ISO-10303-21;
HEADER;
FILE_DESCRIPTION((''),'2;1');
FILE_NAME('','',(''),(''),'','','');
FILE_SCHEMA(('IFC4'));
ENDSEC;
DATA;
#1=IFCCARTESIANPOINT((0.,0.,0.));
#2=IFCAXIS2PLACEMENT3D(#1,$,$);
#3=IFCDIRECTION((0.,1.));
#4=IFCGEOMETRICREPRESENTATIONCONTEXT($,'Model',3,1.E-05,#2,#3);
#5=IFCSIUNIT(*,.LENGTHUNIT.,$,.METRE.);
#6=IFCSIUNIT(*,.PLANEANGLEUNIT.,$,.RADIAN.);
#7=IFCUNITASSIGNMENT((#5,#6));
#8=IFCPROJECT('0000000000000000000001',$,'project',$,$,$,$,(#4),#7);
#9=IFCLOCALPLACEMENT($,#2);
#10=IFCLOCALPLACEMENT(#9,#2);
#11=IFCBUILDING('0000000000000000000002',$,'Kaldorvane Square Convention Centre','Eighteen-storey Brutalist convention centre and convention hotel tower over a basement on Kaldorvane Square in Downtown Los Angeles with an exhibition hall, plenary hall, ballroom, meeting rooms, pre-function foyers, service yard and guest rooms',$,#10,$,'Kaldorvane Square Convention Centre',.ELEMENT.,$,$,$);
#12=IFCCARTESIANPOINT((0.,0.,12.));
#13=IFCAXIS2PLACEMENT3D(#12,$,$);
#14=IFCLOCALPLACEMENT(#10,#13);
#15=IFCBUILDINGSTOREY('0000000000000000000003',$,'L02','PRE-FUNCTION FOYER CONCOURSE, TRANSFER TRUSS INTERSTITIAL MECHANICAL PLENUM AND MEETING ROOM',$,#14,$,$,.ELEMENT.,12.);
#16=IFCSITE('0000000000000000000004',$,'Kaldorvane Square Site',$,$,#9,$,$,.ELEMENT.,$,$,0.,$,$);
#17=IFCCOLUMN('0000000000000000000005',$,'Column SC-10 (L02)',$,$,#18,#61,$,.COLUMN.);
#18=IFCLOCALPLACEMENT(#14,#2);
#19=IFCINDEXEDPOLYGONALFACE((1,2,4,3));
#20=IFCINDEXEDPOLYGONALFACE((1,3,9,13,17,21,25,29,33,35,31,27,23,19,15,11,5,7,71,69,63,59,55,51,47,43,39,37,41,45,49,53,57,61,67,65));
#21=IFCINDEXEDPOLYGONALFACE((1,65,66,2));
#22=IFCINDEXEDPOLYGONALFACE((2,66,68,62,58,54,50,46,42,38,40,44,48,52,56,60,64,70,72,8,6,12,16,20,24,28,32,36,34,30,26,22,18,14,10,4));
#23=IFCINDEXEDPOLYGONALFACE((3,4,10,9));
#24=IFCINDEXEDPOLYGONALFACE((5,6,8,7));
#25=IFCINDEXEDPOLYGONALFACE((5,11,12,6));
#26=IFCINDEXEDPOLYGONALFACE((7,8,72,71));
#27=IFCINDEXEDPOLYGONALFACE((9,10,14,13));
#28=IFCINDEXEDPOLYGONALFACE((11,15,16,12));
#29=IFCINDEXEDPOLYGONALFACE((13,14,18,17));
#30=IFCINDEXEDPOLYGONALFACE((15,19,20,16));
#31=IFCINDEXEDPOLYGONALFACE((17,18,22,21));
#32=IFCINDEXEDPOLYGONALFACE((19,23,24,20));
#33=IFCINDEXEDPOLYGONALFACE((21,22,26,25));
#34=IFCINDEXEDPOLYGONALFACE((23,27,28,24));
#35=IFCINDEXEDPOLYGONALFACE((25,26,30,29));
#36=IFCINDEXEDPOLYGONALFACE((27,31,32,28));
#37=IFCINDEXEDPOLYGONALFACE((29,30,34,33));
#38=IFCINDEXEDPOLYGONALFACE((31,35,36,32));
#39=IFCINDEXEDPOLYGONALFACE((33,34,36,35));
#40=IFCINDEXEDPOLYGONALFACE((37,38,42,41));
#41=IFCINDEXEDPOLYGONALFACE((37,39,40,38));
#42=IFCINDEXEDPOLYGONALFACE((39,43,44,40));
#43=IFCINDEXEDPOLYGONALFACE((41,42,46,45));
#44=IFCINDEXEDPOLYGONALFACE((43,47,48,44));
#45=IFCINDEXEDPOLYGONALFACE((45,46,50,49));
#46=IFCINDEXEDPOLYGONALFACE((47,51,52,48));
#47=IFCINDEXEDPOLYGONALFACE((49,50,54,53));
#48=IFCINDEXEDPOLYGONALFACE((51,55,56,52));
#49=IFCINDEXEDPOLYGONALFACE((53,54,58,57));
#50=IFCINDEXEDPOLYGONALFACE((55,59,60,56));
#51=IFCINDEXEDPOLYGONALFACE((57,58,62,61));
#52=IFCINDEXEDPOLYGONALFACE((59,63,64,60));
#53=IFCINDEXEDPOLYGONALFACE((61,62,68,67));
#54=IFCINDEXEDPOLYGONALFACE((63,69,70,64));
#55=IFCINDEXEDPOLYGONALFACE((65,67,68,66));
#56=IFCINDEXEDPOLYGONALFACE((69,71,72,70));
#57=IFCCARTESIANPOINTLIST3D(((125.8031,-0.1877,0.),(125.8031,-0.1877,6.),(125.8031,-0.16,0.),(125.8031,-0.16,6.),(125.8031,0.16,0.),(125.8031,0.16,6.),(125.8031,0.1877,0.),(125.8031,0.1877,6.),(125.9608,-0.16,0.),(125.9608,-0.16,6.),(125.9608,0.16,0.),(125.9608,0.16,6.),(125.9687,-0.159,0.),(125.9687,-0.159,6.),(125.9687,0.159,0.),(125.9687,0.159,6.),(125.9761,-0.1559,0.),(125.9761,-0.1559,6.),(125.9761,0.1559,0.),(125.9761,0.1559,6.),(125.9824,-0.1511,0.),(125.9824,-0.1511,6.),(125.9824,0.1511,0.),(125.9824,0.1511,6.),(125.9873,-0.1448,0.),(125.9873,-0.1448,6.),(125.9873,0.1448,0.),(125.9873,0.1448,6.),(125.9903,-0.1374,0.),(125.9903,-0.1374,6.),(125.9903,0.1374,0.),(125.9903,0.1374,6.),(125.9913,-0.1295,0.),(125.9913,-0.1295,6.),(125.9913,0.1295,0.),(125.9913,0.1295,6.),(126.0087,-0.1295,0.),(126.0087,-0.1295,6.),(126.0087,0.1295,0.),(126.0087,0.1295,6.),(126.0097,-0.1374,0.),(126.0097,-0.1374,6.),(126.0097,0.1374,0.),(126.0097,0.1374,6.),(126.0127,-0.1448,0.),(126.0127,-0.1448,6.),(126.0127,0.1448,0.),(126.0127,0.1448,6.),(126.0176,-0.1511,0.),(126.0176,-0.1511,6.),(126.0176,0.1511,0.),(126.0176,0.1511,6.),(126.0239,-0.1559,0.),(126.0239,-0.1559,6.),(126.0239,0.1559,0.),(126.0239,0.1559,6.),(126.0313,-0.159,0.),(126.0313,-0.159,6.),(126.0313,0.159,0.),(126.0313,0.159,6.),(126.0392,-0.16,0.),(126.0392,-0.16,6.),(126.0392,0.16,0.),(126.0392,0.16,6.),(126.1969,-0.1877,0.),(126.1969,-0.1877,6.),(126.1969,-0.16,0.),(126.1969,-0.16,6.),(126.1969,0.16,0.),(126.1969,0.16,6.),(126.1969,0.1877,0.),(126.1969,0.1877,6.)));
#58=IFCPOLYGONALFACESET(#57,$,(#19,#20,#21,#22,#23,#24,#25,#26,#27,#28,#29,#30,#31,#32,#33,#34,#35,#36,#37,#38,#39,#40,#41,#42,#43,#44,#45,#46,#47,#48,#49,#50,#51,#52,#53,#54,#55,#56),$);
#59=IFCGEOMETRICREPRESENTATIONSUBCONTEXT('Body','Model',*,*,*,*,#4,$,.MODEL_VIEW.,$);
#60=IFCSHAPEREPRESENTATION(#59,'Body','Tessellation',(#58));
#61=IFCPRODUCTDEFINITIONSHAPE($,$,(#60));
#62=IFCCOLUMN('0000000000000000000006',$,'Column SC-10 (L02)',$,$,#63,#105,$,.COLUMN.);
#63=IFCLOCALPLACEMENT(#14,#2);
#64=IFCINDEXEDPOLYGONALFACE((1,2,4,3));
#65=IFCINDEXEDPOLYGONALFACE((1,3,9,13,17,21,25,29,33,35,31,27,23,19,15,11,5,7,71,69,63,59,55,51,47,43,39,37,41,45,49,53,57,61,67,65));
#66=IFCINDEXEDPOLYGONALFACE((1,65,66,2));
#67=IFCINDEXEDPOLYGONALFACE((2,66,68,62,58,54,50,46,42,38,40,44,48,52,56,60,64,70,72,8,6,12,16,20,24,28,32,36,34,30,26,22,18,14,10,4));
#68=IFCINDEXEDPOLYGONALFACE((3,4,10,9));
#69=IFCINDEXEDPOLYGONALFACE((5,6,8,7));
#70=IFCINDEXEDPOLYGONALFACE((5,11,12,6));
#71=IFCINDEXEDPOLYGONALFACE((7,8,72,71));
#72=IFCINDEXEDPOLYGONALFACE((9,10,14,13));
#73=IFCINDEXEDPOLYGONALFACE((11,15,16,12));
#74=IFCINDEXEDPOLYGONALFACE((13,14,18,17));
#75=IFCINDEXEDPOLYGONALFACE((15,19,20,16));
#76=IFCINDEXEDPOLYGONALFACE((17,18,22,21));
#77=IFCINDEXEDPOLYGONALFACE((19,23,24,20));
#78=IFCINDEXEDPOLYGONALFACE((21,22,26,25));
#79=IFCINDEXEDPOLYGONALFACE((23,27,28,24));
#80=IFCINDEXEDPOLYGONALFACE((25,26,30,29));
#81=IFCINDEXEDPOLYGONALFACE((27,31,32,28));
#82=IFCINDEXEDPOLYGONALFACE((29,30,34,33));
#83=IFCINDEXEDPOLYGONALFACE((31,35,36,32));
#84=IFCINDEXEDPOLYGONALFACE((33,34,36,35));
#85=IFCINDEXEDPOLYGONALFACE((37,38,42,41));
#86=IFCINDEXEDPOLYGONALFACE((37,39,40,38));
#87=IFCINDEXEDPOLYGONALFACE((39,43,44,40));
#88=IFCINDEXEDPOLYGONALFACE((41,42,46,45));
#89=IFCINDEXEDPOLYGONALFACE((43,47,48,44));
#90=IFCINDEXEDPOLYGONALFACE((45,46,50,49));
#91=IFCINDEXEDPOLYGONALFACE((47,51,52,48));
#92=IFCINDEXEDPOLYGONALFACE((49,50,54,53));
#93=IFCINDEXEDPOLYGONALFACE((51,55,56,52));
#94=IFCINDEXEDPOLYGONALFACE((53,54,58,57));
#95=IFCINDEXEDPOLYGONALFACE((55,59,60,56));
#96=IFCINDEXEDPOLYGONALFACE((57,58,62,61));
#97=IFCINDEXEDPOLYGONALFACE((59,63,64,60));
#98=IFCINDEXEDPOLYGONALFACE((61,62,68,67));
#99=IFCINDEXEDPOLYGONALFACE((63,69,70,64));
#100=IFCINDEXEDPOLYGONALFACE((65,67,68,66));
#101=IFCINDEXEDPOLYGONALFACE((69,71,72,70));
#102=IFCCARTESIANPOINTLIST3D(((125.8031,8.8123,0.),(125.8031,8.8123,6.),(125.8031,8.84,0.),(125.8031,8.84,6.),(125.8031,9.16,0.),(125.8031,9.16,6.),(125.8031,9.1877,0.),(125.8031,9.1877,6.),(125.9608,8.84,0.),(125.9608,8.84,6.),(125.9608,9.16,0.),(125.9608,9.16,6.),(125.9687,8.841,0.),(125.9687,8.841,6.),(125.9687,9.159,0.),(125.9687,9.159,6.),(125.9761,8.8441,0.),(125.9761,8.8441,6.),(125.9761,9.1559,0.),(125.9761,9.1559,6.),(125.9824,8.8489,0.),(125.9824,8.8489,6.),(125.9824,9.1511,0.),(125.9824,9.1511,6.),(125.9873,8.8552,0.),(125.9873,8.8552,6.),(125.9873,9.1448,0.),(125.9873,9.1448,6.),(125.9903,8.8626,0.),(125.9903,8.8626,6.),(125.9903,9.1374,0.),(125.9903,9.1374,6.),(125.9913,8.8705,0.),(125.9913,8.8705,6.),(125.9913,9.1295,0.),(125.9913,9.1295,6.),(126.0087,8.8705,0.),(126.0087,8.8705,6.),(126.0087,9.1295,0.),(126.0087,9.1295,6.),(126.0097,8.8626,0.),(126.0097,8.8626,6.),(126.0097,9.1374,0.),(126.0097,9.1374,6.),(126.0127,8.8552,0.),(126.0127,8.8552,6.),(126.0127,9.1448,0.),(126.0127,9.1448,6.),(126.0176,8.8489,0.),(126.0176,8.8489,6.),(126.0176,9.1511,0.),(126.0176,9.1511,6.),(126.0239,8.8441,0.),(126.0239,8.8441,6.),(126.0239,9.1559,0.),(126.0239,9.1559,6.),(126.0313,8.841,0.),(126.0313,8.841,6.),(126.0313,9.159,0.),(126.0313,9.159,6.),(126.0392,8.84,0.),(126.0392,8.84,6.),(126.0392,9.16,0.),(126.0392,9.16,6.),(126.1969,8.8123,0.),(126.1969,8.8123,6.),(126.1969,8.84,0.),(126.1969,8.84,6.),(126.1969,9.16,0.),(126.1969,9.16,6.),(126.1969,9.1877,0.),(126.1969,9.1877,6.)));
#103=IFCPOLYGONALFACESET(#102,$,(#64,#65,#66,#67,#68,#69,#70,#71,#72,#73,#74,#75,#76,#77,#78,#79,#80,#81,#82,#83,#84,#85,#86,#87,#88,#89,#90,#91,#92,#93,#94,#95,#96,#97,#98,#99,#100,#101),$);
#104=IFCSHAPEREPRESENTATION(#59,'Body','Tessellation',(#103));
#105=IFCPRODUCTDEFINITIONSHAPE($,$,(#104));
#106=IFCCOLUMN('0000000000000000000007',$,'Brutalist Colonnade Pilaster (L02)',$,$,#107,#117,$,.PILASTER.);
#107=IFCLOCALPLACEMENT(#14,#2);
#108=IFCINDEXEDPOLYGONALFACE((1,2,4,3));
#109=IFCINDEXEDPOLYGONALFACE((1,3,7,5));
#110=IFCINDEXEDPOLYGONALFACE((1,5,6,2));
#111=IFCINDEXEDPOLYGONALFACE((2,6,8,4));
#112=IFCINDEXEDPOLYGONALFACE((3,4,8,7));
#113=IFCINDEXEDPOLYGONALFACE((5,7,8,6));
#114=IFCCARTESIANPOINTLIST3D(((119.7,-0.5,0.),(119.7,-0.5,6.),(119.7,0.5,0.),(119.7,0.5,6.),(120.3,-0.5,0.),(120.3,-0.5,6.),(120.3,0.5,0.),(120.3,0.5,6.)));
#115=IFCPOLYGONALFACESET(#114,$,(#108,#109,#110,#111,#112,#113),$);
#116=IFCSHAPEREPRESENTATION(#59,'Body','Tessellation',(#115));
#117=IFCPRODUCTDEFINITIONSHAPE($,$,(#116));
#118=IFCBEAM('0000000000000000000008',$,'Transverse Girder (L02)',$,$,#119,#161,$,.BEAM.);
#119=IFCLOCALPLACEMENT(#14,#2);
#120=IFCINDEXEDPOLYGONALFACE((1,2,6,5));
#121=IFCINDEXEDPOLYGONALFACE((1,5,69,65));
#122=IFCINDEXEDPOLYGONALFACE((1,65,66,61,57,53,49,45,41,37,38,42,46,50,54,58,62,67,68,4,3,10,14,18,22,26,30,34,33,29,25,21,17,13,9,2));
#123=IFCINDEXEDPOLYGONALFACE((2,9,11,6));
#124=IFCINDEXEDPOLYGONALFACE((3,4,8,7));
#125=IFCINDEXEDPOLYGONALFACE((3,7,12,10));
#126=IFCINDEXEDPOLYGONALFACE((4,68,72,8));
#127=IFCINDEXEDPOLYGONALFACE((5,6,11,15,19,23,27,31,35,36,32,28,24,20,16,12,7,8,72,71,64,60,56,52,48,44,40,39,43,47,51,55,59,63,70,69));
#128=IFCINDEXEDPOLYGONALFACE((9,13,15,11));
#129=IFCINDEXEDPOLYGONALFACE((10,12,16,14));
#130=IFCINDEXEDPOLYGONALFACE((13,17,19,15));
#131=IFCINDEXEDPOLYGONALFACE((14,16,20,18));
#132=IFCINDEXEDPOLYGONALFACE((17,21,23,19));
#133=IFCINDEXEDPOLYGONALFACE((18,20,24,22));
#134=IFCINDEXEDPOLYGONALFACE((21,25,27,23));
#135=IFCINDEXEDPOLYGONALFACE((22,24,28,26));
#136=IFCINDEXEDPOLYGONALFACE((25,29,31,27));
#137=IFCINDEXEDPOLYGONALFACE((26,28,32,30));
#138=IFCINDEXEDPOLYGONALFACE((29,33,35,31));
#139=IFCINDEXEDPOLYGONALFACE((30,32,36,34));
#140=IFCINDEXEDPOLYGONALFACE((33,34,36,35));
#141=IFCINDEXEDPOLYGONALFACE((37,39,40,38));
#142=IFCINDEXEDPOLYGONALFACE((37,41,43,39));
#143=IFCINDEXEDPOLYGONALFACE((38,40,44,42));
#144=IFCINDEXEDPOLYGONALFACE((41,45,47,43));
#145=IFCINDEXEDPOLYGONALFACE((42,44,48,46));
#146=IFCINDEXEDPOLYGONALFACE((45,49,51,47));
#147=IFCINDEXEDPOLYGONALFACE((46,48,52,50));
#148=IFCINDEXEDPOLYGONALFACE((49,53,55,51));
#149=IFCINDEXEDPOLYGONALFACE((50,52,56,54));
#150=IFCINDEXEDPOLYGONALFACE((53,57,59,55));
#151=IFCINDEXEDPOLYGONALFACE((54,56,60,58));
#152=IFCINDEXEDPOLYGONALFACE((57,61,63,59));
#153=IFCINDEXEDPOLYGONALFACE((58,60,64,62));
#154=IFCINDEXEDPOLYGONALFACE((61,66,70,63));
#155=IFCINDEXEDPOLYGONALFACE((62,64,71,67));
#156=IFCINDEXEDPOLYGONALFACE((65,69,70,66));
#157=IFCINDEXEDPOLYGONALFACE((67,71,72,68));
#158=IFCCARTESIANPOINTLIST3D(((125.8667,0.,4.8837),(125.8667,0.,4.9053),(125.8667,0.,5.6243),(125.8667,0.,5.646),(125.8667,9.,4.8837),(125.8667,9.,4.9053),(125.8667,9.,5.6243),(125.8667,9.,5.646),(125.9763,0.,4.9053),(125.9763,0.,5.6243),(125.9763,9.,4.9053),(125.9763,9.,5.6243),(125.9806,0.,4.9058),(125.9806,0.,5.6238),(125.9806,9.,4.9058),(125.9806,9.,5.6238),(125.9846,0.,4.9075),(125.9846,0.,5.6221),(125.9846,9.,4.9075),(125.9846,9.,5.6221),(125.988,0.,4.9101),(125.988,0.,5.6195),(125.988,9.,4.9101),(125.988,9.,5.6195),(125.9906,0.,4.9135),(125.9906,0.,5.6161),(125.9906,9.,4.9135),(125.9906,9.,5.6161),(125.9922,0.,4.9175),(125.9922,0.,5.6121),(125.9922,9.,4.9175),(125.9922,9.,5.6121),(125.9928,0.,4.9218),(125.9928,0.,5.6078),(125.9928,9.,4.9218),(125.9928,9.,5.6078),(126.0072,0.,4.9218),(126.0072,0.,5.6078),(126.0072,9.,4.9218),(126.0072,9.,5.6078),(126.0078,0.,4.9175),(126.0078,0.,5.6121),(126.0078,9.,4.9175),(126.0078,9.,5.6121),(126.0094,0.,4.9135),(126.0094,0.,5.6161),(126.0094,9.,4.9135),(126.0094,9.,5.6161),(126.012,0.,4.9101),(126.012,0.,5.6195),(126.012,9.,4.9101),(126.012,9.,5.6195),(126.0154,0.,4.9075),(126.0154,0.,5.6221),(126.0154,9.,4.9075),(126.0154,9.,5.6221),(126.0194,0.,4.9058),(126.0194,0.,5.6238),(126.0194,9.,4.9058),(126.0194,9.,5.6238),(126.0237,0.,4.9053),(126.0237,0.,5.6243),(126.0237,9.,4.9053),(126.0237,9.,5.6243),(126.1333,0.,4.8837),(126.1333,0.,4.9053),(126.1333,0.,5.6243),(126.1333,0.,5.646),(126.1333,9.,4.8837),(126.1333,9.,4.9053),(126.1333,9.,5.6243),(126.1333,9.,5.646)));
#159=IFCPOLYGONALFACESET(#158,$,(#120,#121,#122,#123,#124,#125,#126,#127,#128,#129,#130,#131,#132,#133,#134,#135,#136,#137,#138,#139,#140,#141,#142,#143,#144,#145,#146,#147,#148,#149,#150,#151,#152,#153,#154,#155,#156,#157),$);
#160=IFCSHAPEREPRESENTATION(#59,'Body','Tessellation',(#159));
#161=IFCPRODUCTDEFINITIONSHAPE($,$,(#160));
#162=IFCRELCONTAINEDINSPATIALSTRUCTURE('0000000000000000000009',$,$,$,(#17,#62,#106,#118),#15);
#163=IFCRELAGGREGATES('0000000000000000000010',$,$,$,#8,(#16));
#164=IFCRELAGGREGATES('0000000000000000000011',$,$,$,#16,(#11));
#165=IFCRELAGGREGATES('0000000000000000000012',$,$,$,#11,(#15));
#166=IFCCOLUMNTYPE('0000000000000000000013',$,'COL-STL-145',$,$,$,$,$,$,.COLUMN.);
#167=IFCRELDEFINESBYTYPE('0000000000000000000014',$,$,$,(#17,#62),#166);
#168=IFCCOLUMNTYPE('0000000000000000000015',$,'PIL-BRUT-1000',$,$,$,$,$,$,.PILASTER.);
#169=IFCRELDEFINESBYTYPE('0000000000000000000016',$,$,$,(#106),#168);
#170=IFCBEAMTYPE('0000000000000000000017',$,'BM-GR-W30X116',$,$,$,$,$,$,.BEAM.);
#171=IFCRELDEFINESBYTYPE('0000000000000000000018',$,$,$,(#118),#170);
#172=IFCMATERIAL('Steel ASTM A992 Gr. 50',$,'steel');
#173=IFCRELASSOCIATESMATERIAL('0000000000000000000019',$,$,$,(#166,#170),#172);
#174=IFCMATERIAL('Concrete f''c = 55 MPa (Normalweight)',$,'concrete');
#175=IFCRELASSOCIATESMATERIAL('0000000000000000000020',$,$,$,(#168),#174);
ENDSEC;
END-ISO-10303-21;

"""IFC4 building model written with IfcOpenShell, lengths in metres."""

from ifc_helpers import new_model, si_unit, direction, frame, origin, origin_2d, place, context, subcontext, project, spatial, rectangle, i_section, extrude, material, material_profile, profile_set, type_object, element, save


model = new_model("IFC4")

# Units and contexts
model_context = context("Model", 3, precision=1e-05, world=origin(), true_north=direction((0.0, 1.0)))
body_context = subcontext(model_context, "Body", "Model", "MODEL_VIEW")
ifc_project = project(units=[si_unit("LENGTHUNIT", "METRE"), si_unit("PLANEANGLEUNIT", "RADIAN")], contexts=[model_context])

# Site, building, storey
site_placement = place(None, origin())
site = spatial("IfcSite", under=ifc_project, at=site_placement, Name="Kaldorvane Square Site", CompositionType="ELEMENT", RefElevation=0.0)
building_placement = place(site_placement, origin())
building = spatial("IfcBuilding", under=site, at=building_placement, Name="Kaldorvane Square Convention Centre", Description="Eighteen-storey Brutalist convention centre and convention hotel tower over a basement on Kaldorvane Square in Downtown Los Angeles with an exhibition hall, plenary hall, ballroom, meeting rooms, pre-function foyers, service yard and guest rooms", LongName="Kaldorvane Square Convention Centre", CompositionType="ELEMENT")
storey_placement = place(building_placement, frame((0.0, 0.0, 12.0)))
storey = spatial("IfcBuildingStorey", under=building, at=storey_placement, Name="L02", Description="PRE-FUNCTION FOYER CONCOURSE, TRANSFER TRUSS INTERSTITIAL MECHANICAL PLENUM AND MEETING ROOM", CompositionType="ELEMENT", Elevation=12.0)

# Columns
ifc_material_1 = material(Name="Steel ASTM A992 Gr. 50", Category="steel")
ifc_material_profile_1 = material_profile(ifc_material_1, i_section(OverallWidth=0.3937, OverallDepth=0.3754, WebThickness=0.0173, FlangeThickness=0.0277, FilletRadius=0.0305, at=origin_2d()), Name="W14X145")
ifc_profile_set_1 = profile_set([ifc_material_profile_1], Name="Steel ASTM A992 Gr. 50")
column_type_1 = type_object("IfcColumnType", Name="COL-STL-145", PredefinedType="COLUMN", material=ifc_profile_set_1)
for number, where, z_axis, x_axis, name in (
    (1, (126.0, 0.0, 0.0), (0.0, 0.0, 1.0), (1.0, 0.0, 0.0), "Column SC-10 (L02)"),
    (2, (126.0, 9.0, 0.0), (0.0, 0.0, 1.0), (1.0, 0.0, 0.0), "Column SC-10 (L02)"),
):
    element("IfcColumn", number, at=place(storey_placement, frame(where, z_axis=z_axis, x_axis=x_axis)), inside=storey, type_object=column_type_1, Name=name, PredefinedType="COLUMN", context=body_context, shape_type="SweptSolid", body=[
        extrude(i_section(OverallWidth=0.3937, OverallDepth=0.3754, WebThickness=0.0173, FlangeThickness=0.0277, FilletRadius=0.0305, at=origin_2d()), origin(), (0.0, 0.0, 1.0), 6.0),
    ])
ifc_material_2 = material(Name="Concrete f'c = 55 MPa (Normalweight)", Category="concrete")
ifc_material_profile_2 = material_profile(ifc_material_2, rectangle(XDim=0.6, YDim=1.0, at=origin_2d()), Name="PIL1000X600")
ifc_profile_set_2 = profile_set([ifc_material_profile_2], Name="Concrete f'c = 55 MPa (Normalweight)")
column_type_2 = type_object("IfcColumnType", Name="PIL-BRUT-1000", PredefinedType="PILASTER", material=ifc_profile_set_2)
column_placement = place(storey_placement, frame((120.0, 0.0, 0.0), z_axis=(0.0, 0.0, 1.0), x_axis=(1.0, 0.0, 0.0)))
element("IfcColumn", 3, at=column_placement, inside=storey, type_object=column_type_2, Name="Brutalist Colonnade Pilaster (L02)", PredefinedType="PILASTER", context=body_context, shape_type="SweptSolid", body=[
    extrude(rectangle(XDim=0.6, YDim=1.0, at=origin_2d()), origin(), (0.0, 0.0, 1.0), 6.0),
])

# Beam
ifc_material_profile_3 = material_profile(ifc_material_1, i_section(OverallWidth=0.2666, OverallDepth=0.7623, WebThickness=0.0144, FlangeThickness=0.0216, FilletRadius=0.0165, at=origin_2d()), Name="W30X116")
ifc_profile_set_3 = profile_set([ifc_material_profile_3], Name="Steel ASTM A992 Gr. 50")
beam_type_1 = type_object("IfcBeamType", Name="BM-GR-W30X116", PredefinedType="BEAM", material=ifc_profile_set_3)
for number, where, z_axis, x_axis, name in (
    (4, (126.0, 0.0, 5.2648), (0.0, 1.0, 0.0), (-1.0, 0.0, 0.0), "Transverse Girder (L02)"),
):
    element("IfcBeam", number, at=place(storey_placement, frame(where, z_axis=z_axis, x_axis=x_axis)), inside=storey, type_object=beam_type_1, Name=name, PredefinedType="BEAM", context=body_context, shape_type="SweptSolid", body=[
        extrude(i_section(OverallWidth=0.2666, OverallDepth=0.7623, WebThickness=0.0144, FlangeThickness=0.0216, FilletRadius=0.0165, at=origin_2d()), origin(), (0.0, 0.0, 1.0), 9.0),
    ])

save(model, "model.ifc")
